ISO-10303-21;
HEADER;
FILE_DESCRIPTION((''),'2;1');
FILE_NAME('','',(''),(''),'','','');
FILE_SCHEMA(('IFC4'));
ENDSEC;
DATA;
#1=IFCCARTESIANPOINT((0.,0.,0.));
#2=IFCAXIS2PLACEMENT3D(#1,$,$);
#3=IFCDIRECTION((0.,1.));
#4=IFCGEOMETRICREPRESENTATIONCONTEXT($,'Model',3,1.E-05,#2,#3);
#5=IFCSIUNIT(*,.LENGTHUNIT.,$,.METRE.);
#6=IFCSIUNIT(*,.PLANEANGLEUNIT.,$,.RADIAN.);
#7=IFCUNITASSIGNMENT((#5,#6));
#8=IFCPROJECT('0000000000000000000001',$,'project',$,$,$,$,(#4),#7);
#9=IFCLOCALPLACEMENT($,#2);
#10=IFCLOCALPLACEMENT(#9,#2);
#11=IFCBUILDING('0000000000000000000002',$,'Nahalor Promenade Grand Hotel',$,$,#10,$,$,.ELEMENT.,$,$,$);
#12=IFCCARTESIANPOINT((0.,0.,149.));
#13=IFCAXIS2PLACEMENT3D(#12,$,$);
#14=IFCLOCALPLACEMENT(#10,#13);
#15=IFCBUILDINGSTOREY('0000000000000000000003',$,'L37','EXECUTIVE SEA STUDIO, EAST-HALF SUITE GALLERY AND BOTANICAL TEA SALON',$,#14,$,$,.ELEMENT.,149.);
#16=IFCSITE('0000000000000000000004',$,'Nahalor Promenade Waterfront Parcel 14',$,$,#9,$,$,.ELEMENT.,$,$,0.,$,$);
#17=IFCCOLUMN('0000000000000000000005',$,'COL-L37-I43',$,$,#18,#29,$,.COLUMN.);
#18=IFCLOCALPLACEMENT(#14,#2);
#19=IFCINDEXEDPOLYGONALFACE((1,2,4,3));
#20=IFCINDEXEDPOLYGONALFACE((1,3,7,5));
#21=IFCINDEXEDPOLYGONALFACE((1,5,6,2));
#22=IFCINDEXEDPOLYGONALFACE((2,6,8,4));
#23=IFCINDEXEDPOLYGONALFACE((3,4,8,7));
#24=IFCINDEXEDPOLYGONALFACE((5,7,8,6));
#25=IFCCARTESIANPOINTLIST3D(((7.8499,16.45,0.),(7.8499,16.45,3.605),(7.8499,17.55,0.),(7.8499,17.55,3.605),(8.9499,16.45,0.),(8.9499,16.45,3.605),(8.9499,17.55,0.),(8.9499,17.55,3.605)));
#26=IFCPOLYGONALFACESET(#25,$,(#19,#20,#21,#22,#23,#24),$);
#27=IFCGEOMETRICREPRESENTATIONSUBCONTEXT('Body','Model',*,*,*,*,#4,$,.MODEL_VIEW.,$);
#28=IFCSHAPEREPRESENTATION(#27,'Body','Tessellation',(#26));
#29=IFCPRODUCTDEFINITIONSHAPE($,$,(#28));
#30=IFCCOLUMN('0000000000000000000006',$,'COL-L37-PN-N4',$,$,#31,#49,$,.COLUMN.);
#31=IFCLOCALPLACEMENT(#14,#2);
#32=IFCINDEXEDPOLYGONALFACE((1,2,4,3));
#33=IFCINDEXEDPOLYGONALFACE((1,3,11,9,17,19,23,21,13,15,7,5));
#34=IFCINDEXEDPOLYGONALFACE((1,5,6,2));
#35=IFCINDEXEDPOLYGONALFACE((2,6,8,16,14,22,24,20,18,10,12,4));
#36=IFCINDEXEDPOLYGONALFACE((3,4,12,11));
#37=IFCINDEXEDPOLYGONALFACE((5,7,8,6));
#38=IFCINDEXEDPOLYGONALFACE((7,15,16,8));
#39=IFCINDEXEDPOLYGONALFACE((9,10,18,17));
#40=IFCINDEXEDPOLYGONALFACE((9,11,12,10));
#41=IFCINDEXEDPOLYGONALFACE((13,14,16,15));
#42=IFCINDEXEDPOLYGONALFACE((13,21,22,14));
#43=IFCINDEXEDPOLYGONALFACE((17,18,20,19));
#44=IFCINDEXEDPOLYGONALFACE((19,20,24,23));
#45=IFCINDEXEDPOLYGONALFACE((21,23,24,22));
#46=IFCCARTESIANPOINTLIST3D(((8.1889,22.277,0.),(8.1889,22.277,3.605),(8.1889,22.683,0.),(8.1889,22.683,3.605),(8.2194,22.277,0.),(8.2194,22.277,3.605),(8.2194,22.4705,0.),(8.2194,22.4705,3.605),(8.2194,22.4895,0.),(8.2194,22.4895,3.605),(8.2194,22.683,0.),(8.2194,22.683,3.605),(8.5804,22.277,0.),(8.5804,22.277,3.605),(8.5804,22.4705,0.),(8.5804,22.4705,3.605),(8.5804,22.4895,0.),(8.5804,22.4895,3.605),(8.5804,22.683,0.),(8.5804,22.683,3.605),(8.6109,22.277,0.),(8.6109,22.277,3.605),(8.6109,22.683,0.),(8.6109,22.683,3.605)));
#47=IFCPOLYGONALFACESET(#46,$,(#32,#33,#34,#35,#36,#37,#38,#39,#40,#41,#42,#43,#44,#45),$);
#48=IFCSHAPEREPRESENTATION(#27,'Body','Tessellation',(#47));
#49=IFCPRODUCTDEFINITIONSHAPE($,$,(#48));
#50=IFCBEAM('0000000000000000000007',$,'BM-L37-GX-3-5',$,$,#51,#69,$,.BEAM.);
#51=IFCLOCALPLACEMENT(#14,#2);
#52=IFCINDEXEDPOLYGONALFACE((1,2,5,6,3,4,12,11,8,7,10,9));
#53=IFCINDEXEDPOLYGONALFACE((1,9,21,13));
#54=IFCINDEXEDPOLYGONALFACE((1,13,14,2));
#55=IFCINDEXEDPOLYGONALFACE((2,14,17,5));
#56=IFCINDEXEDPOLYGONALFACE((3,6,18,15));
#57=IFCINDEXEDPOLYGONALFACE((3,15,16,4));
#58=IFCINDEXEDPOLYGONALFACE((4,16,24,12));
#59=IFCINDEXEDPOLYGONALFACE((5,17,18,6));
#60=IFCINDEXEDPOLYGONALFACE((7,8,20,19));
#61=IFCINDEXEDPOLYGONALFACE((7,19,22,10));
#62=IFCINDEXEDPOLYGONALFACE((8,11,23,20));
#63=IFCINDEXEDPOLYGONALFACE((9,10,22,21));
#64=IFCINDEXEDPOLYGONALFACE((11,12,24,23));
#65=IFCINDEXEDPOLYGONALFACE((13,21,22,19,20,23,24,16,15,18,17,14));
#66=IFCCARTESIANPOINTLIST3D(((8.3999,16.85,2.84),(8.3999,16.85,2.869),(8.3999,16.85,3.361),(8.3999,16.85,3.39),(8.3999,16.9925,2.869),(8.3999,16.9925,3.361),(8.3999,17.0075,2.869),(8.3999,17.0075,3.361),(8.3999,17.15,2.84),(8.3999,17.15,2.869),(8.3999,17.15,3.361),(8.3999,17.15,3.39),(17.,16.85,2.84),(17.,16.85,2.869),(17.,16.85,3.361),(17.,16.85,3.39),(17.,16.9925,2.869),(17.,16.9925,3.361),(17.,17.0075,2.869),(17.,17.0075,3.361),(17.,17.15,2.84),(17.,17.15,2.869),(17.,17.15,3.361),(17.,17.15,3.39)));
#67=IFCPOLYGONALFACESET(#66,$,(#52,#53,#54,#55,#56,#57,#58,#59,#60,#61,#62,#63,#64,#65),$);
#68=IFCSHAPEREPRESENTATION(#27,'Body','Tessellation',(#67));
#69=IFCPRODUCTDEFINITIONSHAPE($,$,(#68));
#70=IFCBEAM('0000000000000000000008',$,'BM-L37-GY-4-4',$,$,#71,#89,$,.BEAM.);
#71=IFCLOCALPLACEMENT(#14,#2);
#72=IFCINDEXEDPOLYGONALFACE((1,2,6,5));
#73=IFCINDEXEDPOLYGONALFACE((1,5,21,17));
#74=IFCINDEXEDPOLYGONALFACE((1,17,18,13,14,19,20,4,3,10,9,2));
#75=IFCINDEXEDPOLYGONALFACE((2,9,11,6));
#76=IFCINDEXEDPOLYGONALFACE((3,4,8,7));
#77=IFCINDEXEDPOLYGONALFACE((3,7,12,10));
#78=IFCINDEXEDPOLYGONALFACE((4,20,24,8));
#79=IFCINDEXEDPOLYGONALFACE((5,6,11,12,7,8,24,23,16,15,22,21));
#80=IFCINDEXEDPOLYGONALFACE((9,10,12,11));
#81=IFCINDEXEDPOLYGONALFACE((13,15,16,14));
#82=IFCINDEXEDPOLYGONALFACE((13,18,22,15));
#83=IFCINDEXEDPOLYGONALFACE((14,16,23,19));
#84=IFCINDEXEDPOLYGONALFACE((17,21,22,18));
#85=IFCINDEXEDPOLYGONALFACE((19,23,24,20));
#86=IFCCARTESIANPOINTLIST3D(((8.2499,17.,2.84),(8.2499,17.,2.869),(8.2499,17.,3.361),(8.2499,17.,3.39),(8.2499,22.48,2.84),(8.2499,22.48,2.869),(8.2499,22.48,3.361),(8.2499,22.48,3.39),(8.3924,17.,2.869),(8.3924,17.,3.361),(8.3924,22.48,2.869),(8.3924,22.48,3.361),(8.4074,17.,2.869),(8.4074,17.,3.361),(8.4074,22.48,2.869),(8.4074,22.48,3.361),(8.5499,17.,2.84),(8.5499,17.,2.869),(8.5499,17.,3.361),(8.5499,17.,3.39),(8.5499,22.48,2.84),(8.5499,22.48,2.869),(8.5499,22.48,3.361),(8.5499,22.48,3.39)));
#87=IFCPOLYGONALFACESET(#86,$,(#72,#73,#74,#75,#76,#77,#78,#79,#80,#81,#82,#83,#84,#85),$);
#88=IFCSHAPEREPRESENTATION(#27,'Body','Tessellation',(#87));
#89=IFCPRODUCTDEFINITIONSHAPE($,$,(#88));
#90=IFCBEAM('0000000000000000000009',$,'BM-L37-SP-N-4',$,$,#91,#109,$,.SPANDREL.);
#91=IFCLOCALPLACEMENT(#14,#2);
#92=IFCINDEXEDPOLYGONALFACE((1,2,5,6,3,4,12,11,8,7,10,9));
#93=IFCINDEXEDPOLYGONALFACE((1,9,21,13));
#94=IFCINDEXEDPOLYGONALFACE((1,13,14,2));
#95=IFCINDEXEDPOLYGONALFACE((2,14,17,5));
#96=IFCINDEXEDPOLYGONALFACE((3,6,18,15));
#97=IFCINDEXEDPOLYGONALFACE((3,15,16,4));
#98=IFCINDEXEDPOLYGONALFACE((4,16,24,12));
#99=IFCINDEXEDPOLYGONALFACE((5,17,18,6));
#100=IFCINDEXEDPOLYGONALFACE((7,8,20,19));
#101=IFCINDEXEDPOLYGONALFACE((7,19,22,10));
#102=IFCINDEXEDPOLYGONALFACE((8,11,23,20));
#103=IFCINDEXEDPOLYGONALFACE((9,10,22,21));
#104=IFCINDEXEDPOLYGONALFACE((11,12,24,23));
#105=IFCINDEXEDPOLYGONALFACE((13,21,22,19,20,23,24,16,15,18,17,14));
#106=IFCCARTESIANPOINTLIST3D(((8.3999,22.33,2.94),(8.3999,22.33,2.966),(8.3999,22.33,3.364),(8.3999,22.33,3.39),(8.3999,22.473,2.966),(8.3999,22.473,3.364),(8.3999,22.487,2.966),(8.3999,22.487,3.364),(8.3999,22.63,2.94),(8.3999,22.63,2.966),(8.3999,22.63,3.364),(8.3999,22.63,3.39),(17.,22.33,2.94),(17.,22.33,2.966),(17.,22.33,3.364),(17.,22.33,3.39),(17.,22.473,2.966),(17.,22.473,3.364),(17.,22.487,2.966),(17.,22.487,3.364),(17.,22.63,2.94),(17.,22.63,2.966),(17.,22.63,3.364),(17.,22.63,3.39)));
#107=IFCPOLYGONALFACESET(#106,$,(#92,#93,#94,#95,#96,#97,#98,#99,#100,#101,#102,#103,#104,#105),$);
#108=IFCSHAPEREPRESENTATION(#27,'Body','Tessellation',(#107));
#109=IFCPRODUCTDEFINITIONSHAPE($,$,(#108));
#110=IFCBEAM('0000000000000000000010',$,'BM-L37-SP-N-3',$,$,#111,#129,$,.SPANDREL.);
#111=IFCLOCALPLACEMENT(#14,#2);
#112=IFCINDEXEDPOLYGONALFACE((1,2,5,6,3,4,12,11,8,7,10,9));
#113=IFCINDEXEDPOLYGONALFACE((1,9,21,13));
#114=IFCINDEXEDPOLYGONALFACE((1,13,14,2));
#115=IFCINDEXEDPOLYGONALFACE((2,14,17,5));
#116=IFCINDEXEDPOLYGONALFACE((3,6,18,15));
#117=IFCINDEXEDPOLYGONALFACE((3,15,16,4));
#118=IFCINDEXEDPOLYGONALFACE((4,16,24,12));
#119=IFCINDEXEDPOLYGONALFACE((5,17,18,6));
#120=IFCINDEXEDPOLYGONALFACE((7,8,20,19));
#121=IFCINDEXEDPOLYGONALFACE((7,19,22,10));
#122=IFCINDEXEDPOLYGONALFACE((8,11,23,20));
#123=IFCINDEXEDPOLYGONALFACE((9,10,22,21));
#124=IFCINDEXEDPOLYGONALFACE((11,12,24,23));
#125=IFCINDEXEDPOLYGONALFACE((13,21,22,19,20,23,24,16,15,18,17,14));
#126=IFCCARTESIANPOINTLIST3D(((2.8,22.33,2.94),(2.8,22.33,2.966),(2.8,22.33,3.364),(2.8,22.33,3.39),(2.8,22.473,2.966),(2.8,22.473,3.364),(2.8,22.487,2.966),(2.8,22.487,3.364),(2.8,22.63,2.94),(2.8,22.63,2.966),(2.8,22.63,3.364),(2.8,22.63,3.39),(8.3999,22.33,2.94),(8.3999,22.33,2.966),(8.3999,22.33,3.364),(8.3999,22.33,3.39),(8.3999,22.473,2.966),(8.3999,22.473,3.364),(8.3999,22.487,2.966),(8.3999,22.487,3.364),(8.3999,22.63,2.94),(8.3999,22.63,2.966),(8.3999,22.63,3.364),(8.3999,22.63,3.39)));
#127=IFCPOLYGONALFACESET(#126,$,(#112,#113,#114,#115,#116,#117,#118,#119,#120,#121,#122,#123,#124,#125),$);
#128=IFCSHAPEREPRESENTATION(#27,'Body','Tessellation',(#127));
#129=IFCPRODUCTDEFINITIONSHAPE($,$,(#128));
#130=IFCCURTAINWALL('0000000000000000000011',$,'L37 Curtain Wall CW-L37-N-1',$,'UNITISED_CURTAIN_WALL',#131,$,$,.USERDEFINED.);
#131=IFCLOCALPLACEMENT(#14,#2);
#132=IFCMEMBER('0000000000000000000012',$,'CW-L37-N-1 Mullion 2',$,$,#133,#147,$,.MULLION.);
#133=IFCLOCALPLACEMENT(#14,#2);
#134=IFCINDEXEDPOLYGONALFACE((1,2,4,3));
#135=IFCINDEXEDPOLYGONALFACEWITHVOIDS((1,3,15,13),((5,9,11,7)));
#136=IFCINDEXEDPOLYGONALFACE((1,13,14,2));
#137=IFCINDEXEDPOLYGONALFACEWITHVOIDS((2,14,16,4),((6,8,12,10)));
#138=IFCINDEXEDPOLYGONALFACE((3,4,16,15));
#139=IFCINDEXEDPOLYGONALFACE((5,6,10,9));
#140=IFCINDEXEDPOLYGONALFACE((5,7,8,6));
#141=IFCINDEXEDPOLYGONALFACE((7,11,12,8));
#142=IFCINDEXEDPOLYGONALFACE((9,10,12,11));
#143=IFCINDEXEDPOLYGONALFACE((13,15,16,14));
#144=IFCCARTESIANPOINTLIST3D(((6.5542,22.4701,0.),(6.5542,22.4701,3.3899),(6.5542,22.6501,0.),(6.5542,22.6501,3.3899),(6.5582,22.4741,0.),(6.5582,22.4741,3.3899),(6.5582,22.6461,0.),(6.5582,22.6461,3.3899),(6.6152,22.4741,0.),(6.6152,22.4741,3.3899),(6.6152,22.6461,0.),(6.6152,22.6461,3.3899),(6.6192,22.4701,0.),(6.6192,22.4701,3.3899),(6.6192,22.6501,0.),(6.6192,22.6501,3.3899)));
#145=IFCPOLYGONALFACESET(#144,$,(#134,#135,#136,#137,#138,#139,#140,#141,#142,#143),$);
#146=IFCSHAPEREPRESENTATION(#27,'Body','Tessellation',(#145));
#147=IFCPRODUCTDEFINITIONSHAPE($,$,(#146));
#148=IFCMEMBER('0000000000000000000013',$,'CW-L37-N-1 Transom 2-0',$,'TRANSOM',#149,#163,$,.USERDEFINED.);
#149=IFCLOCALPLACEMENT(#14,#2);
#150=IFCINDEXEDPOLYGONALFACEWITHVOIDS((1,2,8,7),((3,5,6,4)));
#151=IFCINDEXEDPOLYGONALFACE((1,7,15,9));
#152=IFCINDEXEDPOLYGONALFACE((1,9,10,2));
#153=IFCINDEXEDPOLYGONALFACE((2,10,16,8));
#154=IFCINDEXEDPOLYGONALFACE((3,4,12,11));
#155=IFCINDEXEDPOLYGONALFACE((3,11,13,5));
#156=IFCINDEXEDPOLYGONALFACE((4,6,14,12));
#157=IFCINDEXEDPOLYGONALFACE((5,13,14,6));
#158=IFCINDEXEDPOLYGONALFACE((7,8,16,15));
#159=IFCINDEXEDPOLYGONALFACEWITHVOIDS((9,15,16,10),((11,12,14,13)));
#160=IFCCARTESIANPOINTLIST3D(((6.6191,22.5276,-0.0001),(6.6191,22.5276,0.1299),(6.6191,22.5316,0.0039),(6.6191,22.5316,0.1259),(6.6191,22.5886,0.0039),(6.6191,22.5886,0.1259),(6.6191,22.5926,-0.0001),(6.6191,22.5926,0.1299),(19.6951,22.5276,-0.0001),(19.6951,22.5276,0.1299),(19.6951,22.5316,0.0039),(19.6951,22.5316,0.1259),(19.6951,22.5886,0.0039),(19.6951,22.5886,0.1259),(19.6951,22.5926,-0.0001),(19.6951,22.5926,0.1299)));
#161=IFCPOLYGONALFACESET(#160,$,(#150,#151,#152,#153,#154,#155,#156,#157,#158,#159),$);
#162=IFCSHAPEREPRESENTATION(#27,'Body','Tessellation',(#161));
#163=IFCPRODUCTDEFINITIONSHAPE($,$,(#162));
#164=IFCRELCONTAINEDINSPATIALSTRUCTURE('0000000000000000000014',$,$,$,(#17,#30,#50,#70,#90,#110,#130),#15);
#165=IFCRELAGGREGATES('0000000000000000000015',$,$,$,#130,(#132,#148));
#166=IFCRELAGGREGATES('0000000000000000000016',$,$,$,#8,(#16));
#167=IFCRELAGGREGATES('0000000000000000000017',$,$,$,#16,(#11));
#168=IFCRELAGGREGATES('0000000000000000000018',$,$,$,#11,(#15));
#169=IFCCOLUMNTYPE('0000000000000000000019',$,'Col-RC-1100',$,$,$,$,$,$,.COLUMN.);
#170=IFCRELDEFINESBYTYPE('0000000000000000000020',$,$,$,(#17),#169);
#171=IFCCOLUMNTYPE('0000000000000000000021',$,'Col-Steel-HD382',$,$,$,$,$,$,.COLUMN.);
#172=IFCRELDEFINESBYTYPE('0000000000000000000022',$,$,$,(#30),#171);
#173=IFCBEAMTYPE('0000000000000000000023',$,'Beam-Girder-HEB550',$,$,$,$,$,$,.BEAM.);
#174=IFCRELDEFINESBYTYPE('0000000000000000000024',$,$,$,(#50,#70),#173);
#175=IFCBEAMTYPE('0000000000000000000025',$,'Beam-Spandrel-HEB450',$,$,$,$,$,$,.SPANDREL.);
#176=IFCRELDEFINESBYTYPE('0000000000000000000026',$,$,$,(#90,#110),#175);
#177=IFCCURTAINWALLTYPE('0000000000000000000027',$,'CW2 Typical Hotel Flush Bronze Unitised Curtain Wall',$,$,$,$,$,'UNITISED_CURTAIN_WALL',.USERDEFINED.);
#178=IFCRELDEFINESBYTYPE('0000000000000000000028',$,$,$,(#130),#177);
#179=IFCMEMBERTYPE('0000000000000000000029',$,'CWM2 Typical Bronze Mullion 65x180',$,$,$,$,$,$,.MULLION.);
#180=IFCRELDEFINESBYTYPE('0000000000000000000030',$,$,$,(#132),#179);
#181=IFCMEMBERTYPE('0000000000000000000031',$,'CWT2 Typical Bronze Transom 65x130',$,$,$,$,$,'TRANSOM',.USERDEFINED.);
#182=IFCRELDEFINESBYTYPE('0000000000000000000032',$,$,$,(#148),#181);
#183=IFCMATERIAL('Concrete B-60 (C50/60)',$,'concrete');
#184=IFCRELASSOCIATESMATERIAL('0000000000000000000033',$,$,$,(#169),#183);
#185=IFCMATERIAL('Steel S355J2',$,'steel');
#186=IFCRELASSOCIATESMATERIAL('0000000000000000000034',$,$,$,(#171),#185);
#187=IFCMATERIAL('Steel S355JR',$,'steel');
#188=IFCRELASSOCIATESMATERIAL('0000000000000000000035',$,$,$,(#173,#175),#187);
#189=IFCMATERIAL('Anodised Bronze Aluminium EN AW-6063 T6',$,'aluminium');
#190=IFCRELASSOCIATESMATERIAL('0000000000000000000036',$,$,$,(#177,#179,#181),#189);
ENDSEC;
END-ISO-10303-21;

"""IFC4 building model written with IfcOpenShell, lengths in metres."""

from ifc_helpers import new_model, si_unit, direction, frame, origin, origin_2d, place, context, subcontext, project, spatial, rectangle, hollow_rectangle, i_section, extrude, source, transform, mapped, material, material_profile, profile_set, type_object, element, aggregate, save


model = new_model("IFC4")

# Units and contexts
model_context = context("Model", 3, precision=1e-05, world=origin(), true_north=direction((0.0, 1.0)))
body_context = subcontext(model_context, "Body", "Model", "MODEL_VIEW")
ifc_project = project(units=[si_unit("LENGTHUNIT", "METRE"), si_unit("PLANEANGLEUNIT", "RADIAN")], contexts=[model_context])

# Site, building, storey
site_placement = place(None, origin())
site = spatial("IfcSite", under=ifc_project, at=site_placement, Name="Nahalor Promenade Waterfront Parcel 14", CompositionType="ELEMENT", RefElevation=0.0)
building_placement = place(site_placement, origin())
building = spatial("IfcBuilding", under=site, at=building_placement, Name="Nahalor Promenade Grand Hotel", CompositionType="ELEMENT")
storey_placement = place(building_placement, frame((0.0, 0.0, 149.0)))
storey = spatial("IfcBuildingStorey", under=building, at=storey_placement, Name="L37", Description="EXECUTIVE SEA STUDIO, EAST-HALF SUITE GALLERY AND BOTANICAL TEA SALON", CompositionType="ELEMENT", Elevation=149.0)

# Columns
ifc_material_1 = material(Name="Concrete B-60 (C50/60)", Category="concrete")
ifc_material_profile_1 = material_profile(ifc_material_1, rectangle(XDim=1.1, YDim=1.1, at=origin_2d()), Name="RC 1100x1100")
ifc_profile_set_1 = profile_set([ifc_material_profile_1], Name="Concrete B-60 (C50/60)")
column_type_1 = type_object("IfcColumnType", Name="Col-RC-1100", PredefinedType="COLUMN", material=ifc_profile_set_1)
shared_shape_1 = source(origin(), body_context, "Body", "SweptSolid", [
    extrude(rectangle(XDim=1.1, YDim=1.1, at=origin_2d()), origin(), (0.0, 0.0, 1.0), 3.605),
])
column_1_placement = place(storey_placement, frame((8.3999, 17.0, 0.0), z_axis=(0.0, 0.0, 1.0), x_axis=(1.0, 0.0, 0.0)))
element("IfcColumn", 1, at=column_1_placement, inside=storey, type_object=column_type_1, Name="COL-L37-I43", PredefinedType="COLUMN", context=body_context, shape_type="MappedRepresentation", body=[
    mapped(shared_shape_1, transform((0.0, 0.0, 0.0), scale=1.0)),
])
ifc_material_2 = material(Name="Steel S355J2", Category="steel")
ifc_material_profile_2 = material_profile(ifc_material_2, i_section(OverallWidth=0.406, OverallDepth=0.422, WebThickness=0.019, FlangeThickness=0.0305, at=origin_2d()), Name="HD 400x382")
ifc_profile_set_2 = profile_set([ifc_material_profile_2], Name="Steel S355J2")
column_type_2 = type_object("IfcColumnType", Name="Col-Steel-HD382", PredefinedType="COLUMN", material=ifc_profile_set_2)
shared_shape_2 = source(origin(), body_context, "Body", "SweptSolid", [
    extrude(i_section(OverallWidth=0.406, OverallDepth=0.422, WebThickness=0.019, FlangeThickness=0.0305, at=origin_2d()), origin(), (0.0, 0.0, 1.0), 3.605),
])
column_2_placement = place(storey_placement, frame((8.3999, 22.48, 0.0), z_axis=(0.0, 0.0, 1.0), x_axis=(0.0, 1.0, 0.0)))
element("IfcColumn", 2, at=column_2_placement, inside=storey, type_object=column_type_2, Name="COL-L37-PN-N4", PredefinedType="COLUMN", context=body_context, shape_type="MappedRepresentation", body=[
    mapped(shared_shape_2, transform((0.0, 0.0, 0.0), scale=1.0)),
])

# Beams
ifc_material_3 = material(Name="Steel S355JR", Category="steel")
ifc_material_profile_3 = material_profile(ifc_material_3, i_section(OverallWidth=0.3, OverallDepth=0.55, WebThickness=0.015, FlangeThickness=0.029, at=origin_2d()), Name="HEB 550")
ifc_profile_set_3 = profile_set([ifc_material_profile_3], Name="Steel S355JR")
beam_type_1 = type_object("IfcBeamType", Name="Beam-Girder-HEB550", PredefinedType="BEAM", material=ifc_profile_set_3)
shared_shape_3 = source(origin(), body_context, "Body", "SweptSolid", [
    extrude(i_section(OverallWidth=0.3, OverallDepth=0.55, WebThickness=0.015, FlangeThickness=0.029, at=origin_2d()), origin(), (0.0, 0.0, 1.0), 8.6001),
])
beam_1_placement = place(storey_placement, frame((8.3999, 17.0, 3.115), z_axis=(1.0, 0.0, 0.0), x_axis=(0.0, 1.0, 0.0)))
element("IfcBeam", 3, at=beam_1_placement, inside=storey, type_object=beam_type_1, Name="BM-L37-GX-3-5", PredefinedType="BEAM", context=body_context, shape_type="MappedRepresentation", body=[
    mapped(shared_shape_3, transform((0.0, 0.0, 0.0), scale=1.0)),
])
shared_shape_4 = source(origin(), body_context, "Body", "SweptSolid", [
    extrude(i_section(OverallWidth=0.3, OverallDepth=0.55, WebThickness=0.015, FlangeThickness=0.029, at=origin_2d()), origin(), (0.0, 0.0, 1.0), 5.48),
])
beam_2_placement = place(storey_placement, frame((8.3999, 17.0, 3.115), z_axis=(0.0, 1.0, 0.0), x_axis=(-1.0, 0.0, 0.0)))
element("IfcBeam", 4, at=beam_2_placement, inside=storey, type_object=beam_type_1, Name="BM-L37-GY-4-4", PredefinedType="BEAM", context=body_context, shape_type="MappedRepresentation", body=[
    mapped(shared_shape_4, transform((0.0, 0.0, 0.0), scale=1.0)),
])
ifc_material_profile_4 = material_profile(ifc_material_3, i_section(OverallWidth=0.3, OverallDepth=0.45, WebThickness=0.014, FlangeThickness=0.026, at=origin_2d()), Name="HEB 450")
ifc_profile_set_4 = profile_set([ifc_material_profile_4], Name="Steel S355JR")
beam_type_2 = type_object("IfcBeamType", Name="Beam-Spandrel-HEB450", PredefinedType="SPANDREL", material=ifc_profile_set_4)
shared_shape_5 = source(origin(), body_context, "Body", "SweptSolid", [
    extrude(i_section(OverallWidth=0.3, OverallDepth=0.45, WebThickness=0.014, FlangeThickness=0.026, at=origin_2d()), origin(), (0.0, 0.0, 1.0), 8.6001),
])
beam_3_placement = place(storey_placement, frame((8.3999, 22.48, 3.165), z_axis=(1.0, 0.0, 0.0), x_axis=(0.0, 1.0, 0.0)))
element("IfcBeam", 5, at=beam_3_placement, inside=storey, type_object=beam_type_2, Name="BM-L37-SP-N-4", PredefinedType="SPANDREL", context=body_context, shape_type="MappedRepresentation", body=[
    mapped(shared_shape_5, transform((0.0, 0.0, 0.0), scale=1.0)),
])
shared_shape_6 = source(origin(), body_context, "Body", "SweptSolid", [
    extrude(i_section(OverallWidth=0.3, OverallDepth=0.45, WebThickness=0.014, FlangeThickness=0.026, at=origin_2d()), origin(), (0.0, 0.0, 1.0), 5.5999),
])
beam_4_placement = place(storey_placement, frame((2.8, 22.48, 3.165), z_axis=(1.0, 0.0, 0.0), x_axis=(0.0, 1.0, 0.0)))
element("IfcBeam", 6, at=beam_4_placement, inside=storey, type_object=beam_type_2, Name="BM-L37-SP-N-3", PredefinedType="SPANDREL", context=body_context, shape_type="MappedRepresentation", body=[
    mapped(shared_shape_6, transform((0.0, 0.0, 0.0), scale=1.0)),
])

# Curtain wall, members
ifc_material_4 = material(Name="Anodised Bronze Aluminium EN AW-6063 T6", Category="aluminium")
curtain_wall_type = type_object("IfcCurtainWallType", Name="CW2 Typical Hotel Flush Bronze Unitised Curtain Wall", ElementType="UNITISED_CURTAIN_WALL", PredefinedType="USERDEFINED", material=ifc_material_4)
curtain_wall_placement = place(storey_placement, origin())
curtain_wall = element("IfcCurtainWall", 7, at=curtain_wall_placement, inside=storey, type_object=curtain_wall_type, Name="L37 Curtain Wall CW-L37-N-1", ObjectType="UNITISED_CURTAIN_WALL", PredefinedType="USERDEFINED")
ifc_material_profile_5 = material_profile(ifc_material_4, hollow_rectangle(XDim=0.065, YDim=0.18, WallThickness=0.004, at=origin_2d()), Name="CWM 65x180x4")
ifc_profile_set_5 = profile_set([ifc_material_profile_5], Name="Anodised Bronze Aluminium EN AW-6063 T6")
member_type_1 = type_object("IfcMemberType", Name="CWM2 Typical Bronze Mullion 65x180", PredefinedType="MULLION", material=ifc_profile_set_5)
shared_shape_7 = source(origin(), body_context, "Body", "SweptSolid", [
    extrude(hollow_rectangle(XDim=0.065, YDim=0.18, WallThickness=0.004, at=origin_2d()), origin(), (0.0, 0.0, 1.0), 3.3899),
])
member_1_placement = place(storey_placement, frame((6.5867, 22.5601, 0.0), z_axis=(0.0, 0.0, 1.0), x_axis=(1.0, 0.0, 0.0)))
member_1 = element("IfcMember", 8, at=member_1_placement, type_object=member_type_1, Name="CW-L37-N-1 Mullion 2", PredefinedType="MULLION", context=body_context, shape_type="MappedRepresentation", body=[
    mapped(shared_shape_7, transform((0.0, 0.0, 0.0), scale=1.0)),
])
ifc_material_profile_6 = material_profile(ifc_material_4, hollow_rectangle(XDim=0.065, YDim=0.13, WallThickness=0.004, at=origin_2d()), Name="CWT 65x130x4")
ifc_profile_set_6 = profile_set([ifc_material_profile_6], Name="Anodised Bronze Aluminium EN AW-6063 T6")
member_type_2 = type_object("IfcMemberType", Name="CWT2 Typical Bronze Transom 65x130", ElementType="TRANSOM", PredefinedType="USERDEFINED", material=ifc_profile_set_6)
shared_shape_8 = source(origin(), body_context, "Body", "SweptSolid", [
    extrude(hollow_rectangle(XDim=0.065, YDim=0.13, WallThickness=0.004, at=origin_2d()), origin(), (0.0, 0.0, 1.0), 13.0759),
])
member_2_placement = place(storey_placement, frame((6.6191, 22.5601, 0.0649), z_axis=(1.0, 0.0, 0.0), x_axis=(0.0, 1.0, 0.0)))
member_2 = element("IfcMember", 9, at=member_2_placement, type_object=member_type_2, Name="CW-L37-N-1 Transom 2-0", ObjectType="TRANSOM", PredefinedType="USERDEFINED", context=body_context, shape_type="MappedRepresentation", body=[
    mapped(shared_shape_8, transform((0.0, 0.0, 0.0), scale=1.0)),
])
aggregate(curtain_wall, [member_1, member_2])

save(model, "model.ifc")
